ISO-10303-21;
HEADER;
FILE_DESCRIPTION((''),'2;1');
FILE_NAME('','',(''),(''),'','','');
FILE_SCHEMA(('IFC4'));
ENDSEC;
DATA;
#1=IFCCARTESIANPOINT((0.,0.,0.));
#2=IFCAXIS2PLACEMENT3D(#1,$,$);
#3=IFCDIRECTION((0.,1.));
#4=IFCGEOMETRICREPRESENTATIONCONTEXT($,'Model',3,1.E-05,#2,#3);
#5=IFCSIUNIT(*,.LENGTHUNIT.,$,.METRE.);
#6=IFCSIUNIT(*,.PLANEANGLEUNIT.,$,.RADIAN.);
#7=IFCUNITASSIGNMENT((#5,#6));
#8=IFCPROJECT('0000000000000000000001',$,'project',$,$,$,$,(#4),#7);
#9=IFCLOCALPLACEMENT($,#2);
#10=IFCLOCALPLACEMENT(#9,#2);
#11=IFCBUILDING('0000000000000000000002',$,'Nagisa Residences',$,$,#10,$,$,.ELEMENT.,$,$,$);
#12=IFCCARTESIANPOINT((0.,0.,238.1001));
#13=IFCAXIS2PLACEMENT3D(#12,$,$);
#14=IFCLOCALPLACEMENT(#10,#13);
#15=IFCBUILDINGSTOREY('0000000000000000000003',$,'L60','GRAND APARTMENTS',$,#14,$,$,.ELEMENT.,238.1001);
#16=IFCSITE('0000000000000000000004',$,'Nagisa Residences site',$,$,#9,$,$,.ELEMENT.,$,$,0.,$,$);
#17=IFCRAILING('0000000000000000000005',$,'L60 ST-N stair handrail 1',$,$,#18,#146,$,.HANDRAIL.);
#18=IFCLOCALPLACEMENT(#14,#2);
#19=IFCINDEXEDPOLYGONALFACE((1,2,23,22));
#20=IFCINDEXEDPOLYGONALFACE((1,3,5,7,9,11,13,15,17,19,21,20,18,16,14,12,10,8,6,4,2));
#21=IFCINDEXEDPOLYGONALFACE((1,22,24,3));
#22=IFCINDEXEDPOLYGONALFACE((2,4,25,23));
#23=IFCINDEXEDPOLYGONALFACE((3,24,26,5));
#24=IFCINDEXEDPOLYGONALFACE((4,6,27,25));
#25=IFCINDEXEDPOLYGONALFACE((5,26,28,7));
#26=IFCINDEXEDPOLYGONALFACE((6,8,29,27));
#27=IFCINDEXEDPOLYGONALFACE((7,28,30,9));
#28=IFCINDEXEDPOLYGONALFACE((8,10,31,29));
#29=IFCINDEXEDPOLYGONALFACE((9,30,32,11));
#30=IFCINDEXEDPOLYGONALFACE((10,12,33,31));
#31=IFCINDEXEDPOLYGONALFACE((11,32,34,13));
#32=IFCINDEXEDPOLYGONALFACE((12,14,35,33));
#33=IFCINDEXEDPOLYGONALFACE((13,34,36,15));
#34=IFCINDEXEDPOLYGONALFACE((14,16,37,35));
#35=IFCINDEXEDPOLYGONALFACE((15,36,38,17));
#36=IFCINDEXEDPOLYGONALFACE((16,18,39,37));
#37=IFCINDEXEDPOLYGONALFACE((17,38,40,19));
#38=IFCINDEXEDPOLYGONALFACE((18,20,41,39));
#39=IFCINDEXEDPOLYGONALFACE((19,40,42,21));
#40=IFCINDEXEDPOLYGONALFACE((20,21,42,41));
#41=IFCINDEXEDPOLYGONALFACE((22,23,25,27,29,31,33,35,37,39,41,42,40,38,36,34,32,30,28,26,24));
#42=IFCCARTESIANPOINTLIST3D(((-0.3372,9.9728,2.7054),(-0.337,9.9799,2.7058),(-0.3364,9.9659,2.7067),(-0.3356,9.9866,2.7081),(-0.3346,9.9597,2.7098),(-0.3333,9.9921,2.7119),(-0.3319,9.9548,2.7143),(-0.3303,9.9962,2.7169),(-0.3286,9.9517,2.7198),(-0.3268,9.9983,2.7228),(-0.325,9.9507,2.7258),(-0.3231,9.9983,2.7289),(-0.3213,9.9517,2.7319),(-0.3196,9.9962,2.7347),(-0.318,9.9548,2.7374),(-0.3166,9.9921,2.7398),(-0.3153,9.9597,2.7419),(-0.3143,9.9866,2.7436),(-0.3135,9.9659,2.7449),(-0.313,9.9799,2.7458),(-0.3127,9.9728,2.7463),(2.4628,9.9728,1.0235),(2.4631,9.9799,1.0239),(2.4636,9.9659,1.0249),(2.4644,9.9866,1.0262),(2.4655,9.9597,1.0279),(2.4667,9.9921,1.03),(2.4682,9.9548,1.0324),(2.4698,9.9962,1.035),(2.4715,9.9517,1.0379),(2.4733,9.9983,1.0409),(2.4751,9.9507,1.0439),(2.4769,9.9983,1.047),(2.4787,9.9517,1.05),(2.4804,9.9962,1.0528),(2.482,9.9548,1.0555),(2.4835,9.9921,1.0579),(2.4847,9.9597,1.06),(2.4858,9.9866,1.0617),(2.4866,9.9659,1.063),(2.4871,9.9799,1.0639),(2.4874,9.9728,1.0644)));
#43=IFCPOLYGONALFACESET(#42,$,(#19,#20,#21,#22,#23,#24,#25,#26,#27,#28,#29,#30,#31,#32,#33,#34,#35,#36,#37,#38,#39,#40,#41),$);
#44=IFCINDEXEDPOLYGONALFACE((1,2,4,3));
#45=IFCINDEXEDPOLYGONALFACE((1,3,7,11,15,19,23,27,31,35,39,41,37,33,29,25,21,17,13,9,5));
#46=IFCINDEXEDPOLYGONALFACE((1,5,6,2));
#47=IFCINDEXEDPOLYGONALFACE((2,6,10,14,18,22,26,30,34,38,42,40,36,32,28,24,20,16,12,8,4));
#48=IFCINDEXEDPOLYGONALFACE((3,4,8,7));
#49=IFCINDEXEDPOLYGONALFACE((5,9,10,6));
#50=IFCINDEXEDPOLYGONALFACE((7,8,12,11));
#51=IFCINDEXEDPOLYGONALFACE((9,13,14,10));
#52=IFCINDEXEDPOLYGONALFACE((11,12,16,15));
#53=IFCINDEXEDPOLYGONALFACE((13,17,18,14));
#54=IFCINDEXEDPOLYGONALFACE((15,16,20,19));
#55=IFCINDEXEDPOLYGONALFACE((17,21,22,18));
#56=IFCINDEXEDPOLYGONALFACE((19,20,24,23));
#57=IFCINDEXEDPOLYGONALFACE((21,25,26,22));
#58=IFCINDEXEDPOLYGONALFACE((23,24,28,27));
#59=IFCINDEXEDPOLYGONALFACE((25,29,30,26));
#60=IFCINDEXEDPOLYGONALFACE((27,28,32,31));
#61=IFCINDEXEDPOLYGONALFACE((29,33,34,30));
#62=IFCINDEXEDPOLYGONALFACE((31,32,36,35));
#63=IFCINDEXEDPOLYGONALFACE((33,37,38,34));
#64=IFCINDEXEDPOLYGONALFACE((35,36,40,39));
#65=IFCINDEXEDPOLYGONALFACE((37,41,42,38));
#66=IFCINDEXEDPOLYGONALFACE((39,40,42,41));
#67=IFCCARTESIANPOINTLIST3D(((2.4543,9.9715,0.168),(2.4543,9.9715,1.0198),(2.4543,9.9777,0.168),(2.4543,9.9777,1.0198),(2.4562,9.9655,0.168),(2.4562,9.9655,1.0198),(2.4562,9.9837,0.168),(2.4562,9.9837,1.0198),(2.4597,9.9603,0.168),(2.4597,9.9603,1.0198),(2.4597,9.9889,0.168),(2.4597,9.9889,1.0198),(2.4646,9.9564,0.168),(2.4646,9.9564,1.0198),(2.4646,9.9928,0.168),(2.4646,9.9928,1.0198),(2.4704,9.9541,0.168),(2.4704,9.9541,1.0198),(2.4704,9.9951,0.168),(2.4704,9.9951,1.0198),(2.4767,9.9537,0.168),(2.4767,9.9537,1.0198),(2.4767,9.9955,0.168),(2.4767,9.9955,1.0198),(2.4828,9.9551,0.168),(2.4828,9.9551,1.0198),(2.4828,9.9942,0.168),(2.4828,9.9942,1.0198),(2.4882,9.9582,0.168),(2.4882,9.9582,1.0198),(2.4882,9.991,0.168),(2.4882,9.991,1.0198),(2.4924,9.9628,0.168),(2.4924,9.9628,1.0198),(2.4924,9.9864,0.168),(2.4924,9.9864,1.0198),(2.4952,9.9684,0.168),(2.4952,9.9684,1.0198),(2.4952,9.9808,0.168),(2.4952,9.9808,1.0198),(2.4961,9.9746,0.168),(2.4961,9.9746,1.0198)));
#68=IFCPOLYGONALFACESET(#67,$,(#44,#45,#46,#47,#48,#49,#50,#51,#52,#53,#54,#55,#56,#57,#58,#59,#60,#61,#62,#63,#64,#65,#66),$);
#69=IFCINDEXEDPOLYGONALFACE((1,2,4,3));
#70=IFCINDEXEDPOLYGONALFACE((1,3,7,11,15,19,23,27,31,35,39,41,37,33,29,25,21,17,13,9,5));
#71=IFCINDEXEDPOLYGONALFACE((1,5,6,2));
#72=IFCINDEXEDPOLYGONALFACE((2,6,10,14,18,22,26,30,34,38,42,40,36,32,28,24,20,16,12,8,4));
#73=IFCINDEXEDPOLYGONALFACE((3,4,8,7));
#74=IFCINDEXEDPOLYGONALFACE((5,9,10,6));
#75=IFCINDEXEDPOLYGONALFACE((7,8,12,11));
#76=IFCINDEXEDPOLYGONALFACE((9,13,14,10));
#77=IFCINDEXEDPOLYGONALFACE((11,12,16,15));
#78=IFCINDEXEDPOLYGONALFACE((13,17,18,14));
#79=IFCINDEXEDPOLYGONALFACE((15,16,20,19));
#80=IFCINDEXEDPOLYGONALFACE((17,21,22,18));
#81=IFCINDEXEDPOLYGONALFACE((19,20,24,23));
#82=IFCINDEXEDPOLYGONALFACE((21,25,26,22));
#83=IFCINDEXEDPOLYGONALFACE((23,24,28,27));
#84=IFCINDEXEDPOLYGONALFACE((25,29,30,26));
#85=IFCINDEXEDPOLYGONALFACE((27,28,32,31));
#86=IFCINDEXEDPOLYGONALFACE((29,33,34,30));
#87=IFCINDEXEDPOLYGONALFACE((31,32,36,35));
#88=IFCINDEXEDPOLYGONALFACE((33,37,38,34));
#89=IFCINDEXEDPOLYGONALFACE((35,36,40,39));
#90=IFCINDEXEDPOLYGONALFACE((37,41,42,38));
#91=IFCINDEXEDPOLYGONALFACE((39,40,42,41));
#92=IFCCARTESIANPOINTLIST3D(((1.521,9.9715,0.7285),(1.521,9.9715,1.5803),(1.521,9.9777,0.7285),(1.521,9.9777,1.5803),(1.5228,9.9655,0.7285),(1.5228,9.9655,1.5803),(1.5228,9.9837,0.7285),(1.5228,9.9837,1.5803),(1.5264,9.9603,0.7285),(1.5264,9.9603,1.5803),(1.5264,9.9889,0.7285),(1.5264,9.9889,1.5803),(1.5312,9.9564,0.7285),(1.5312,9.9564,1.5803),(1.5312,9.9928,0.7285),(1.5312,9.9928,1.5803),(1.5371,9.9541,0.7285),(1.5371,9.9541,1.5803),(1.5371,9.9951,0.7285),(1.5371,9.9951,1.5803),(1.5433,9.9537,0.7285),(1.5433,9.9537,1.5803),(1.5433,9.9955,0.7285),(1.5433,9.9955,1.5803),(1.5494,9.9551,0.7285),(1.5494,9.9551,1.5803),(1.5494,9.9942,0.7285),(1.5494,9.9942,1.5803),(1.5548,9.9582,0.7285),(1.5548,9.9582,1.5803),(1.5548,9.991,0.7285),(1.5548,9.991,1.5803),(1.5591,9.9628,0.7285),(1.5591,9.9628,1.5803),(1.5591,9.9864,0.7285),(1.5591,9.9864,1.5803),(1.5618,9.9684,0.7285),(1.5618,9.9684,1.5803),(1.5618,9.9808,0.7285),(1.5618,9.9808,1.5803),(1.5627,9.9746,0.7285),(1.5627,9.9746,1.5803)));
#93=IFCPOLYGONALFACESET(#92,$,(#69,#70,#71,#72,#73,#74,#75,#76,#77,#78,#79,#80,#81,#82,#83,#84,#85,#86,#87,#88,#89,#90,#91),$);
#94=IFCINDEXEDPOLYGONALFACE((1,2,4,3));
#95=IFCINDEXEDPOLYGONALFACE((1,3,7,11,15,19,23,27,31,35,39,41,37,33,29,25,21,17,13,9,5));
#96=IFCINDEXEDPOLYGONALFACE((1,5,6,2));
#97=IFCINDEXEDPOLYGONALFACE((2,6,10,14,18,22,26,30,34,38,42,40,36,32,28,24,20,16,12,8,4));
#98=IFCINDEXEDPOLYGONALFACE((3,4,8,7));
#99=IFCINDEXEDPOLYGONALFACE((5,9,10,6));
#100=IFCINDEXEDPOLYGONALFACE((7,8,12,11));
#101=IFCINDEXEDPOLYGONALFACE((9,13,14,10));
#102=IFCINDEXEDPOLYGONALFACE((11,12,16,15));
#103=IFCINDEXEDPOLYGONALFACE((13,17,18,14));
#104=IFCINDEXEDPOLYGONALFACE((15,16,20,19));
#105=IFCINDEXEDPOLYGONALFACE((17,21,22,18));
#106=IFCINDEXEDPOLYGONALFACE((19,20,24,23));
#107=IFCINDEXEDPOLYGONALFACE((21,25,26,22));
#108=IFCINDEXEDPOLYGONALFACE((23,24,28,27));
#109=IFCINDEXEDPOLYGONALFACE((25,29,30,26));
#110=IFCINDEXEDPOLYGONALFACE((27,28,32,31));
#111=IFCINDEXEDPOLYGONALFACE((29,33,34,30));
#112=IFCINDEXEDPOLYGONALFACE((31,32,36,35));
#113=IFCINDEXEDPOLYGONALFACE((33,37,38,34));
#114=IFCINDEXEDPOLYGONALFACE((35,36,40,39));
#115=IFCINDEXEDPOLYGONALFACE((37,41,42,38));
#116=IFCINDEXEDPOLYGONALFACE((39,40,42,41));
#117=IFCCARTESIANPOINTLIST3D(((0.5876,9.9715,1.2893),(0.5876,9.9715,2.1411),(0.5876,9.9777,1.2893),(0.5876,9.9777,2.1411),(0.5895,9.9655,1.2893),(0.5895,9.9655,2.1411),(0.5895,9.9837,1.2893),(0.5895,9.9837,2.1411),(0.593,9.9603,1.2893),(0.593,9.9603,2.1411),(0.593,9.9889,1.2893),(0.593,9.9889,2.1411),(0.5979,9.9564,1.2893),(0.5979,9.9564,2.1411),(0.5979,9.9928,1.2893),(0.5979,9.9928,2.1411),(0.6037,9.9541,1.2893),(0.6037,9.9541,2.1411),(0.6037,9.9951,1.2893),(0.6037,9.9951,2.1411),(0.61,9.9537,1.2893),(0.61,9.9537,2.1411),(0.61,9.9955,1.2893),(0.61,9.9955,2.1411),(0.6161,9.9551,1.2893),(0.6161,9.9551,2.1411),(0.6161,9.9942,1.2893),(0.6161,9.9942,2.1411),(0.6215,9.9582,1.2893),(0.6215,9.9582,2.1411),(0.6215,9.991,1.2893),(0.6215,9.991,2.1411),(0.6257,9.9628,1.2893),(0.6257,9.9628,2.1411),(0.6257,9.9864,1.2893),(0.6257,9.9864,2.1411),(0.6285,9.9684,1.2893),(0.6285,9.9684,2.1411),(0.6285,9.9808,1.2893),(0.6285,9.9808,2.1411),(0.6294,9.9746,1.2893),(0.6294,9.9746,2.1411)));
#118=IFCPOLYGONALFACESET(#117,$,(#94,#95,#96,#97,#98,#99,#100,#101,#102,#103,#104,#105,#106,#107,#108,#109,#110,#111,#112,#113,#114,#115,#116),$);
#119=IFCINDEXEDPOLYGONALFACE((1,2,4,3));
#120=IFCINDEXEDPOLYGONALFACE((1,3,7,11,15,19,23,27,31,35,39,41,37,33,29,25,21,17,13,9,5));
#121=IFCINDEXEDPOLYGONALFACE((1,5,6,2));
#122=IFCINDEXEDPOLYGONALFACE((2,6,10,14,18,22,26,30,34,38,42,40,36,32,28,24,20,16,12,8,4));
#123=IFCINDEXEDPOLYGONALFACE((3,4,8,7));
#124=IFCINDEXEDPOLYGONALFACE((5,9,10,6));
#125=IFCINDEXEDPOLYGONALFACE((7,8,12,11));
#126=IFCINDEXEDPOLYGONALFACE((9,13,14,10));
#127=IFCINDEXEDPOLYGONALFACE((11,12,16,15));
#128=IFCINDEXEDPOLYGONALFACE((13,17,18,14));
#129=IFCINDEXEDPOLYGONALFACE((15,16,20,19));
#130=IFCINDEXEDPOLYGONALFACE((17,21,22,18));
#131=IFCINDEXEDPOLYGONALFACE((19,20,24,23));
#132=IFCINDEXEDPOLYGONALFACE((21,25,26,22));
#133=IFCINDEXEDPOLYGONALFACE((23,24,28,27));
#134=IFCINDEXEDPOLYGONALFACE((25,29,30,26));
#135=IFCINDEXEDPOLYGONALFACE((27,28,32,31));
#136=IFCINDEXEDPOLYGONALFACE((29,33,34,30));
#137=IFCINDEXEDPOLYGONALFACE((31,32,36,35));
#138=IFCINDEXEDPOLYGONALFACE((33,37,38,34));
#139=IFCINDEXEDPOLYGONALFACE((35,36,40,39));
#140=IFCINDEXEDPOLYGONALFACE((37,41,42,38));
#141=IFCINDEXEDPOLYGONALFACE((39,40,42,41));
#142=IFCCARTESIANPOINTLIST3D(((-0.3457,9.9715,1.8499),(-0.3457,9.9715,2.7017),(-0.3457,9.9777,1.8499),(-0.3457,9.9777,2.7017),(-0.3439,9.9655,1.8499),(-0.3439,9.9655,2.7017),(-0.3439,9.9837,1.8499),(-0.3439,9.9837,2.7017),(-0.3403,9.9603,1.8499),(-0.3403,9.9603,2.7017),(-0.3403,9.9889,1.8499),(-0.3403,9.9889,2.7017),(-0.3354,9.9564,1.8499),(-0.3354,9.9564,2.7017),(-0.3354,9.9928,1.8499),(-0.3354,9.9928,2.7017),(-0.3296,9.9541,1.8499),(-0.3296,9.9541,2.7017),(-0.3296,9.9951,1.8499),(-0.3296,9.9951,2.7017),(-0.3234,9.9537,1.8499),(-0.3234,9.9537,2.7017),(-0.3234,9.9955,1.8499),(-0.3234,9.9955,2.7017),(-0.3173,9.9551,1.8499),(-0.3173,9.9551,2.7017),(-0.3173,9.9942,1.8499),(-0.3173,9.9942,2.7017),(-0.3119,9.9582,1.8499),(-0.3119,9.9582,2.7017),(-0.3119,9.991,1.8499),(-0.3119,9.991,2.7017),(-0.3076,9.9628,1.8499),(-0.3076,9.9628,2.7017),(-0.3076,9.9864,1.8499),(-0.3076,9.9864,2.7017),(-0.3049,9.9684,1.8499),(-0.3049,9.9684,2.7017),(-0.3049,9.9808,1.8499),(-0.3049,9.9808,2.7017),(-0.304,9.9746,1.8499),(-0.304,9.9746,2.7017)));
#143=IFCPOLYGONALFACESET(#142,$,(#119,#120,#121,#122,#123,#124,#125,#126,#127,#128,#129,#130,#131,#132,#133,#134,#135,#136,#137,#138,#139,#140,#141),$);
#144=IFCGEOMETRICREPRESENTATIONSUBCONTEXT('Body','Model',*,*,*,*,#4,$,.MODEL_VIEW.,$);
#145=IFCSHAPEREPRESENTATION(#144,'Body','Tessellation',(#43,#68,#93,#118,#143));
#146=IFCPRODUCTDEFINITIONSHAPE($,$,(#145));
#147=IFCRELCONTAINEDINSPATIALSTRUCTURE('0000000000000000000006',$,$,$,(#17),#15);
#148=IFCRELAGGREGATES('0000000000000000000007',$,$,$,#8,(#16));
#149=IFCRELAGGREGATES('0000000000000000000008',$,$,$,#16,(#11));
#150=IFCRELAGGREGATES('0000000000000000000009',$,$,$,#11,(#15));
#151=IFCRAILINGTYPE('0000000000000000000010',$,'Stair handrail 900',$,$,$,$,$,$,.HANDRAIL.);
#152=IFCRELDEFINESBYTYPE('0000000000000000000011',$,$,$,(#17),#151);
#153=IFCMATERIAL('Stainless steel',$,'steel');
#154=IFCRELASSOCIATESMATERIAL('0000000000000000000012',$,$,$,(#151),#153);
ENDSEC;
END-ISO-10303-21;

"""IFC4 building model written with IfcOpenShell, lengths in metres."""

from ifc_helpers import new_model, si_unit, direction, frame, origin, origin_2d, place, context, subcontext, project, spatial, circle, extrude, material, type_object, element, save


model = new_model("IFC4")

# Units and contexts
model_context = context("Model", 3, precision=1e-05, world=origin(), true_north=direction((0.0, 1.0)))
body_context = subcontext(model_context, "Body", "Model", "MODEL_VIEW")
ifc_project = project(units=[si_unit("LENGTHUNIT", "METRE"), si_unit("PLANEANGLEUNIT", "RADIAN")], contexts=[model_context])

# Site, building, storey
site_placement = place(None, origin())
site = spatial("IfcSite", under=ifc_project, at=site_placement, Name="Nagisa Residences site", CompositionType="ELEMENT", RefElevation=0.0)
building_placement = place(site_placement, origin())
building = spatial("IfcBuilding", under=site, at=building_placement, Name="Nagisa Residences", CompositionType="ELEMENT")
storey_placement = place(building_placement, frame((0.0, 0.0, 238.1001)))
storey = spatial("IfcBuildingStorey", under=building, at=storey_placement, Name="L60", Description="GRAND APARTMENTS", CompositionType="ELEMENT", Elevation=238.1001)

# Railing
ifc_material_1 = material(Name="Stainless steel", Category="steel")
railing_type_1 = type_object("IfcRailingType", Name="Stair handrail 900", PredefinedType="HANDRAIL", material=ifc_material_1)
railing_1_placement = place(storey_placement, frame((2.4751, 9.9746, 0.168)))
element("IfcRailing", 1, at=railing_1_placement, inside=storey, type_object=railing_type_1, Name="L60 ST-N stair handrail 1", PredefinedType="HANDRAIL", context=body_context, shape_type="SweptSolid", body=[
    extrude(circle(Radius=0.0239, at=origin_2d()), frame((0.0, 0.0, 0.876), z_axis=(-0.857242, 0.0, 0.514913), x_axis=(0.0, -1.0, 0.0)), (0.0, 0.0, 1.0), 3.2664),
    extrude(circle(Radius=0.021, at=origin_2d()), origin(), (0.0, 0.0, 1.0), 0.8518),
    extrude(circle(Radius=0.021, at=origin_2d()), frame((-0.9333, 0.0, 0.5605)), (0.0, 0.0, 1.0), 0.8518),
    extrude(circle(Radius=0.021, at=origin_2d()), frame((-1.8667, 0.0, 1.1213)), (0.0, 0.0, 1.0), 0.8518),
    extrude(circle(Radius=0.021, at=origin_2d()), frame((-2.8, 0.0, 1.6819)), (0.0, 0.0, 1.0), 0.8518),
])

save(model, "model.ifc")
